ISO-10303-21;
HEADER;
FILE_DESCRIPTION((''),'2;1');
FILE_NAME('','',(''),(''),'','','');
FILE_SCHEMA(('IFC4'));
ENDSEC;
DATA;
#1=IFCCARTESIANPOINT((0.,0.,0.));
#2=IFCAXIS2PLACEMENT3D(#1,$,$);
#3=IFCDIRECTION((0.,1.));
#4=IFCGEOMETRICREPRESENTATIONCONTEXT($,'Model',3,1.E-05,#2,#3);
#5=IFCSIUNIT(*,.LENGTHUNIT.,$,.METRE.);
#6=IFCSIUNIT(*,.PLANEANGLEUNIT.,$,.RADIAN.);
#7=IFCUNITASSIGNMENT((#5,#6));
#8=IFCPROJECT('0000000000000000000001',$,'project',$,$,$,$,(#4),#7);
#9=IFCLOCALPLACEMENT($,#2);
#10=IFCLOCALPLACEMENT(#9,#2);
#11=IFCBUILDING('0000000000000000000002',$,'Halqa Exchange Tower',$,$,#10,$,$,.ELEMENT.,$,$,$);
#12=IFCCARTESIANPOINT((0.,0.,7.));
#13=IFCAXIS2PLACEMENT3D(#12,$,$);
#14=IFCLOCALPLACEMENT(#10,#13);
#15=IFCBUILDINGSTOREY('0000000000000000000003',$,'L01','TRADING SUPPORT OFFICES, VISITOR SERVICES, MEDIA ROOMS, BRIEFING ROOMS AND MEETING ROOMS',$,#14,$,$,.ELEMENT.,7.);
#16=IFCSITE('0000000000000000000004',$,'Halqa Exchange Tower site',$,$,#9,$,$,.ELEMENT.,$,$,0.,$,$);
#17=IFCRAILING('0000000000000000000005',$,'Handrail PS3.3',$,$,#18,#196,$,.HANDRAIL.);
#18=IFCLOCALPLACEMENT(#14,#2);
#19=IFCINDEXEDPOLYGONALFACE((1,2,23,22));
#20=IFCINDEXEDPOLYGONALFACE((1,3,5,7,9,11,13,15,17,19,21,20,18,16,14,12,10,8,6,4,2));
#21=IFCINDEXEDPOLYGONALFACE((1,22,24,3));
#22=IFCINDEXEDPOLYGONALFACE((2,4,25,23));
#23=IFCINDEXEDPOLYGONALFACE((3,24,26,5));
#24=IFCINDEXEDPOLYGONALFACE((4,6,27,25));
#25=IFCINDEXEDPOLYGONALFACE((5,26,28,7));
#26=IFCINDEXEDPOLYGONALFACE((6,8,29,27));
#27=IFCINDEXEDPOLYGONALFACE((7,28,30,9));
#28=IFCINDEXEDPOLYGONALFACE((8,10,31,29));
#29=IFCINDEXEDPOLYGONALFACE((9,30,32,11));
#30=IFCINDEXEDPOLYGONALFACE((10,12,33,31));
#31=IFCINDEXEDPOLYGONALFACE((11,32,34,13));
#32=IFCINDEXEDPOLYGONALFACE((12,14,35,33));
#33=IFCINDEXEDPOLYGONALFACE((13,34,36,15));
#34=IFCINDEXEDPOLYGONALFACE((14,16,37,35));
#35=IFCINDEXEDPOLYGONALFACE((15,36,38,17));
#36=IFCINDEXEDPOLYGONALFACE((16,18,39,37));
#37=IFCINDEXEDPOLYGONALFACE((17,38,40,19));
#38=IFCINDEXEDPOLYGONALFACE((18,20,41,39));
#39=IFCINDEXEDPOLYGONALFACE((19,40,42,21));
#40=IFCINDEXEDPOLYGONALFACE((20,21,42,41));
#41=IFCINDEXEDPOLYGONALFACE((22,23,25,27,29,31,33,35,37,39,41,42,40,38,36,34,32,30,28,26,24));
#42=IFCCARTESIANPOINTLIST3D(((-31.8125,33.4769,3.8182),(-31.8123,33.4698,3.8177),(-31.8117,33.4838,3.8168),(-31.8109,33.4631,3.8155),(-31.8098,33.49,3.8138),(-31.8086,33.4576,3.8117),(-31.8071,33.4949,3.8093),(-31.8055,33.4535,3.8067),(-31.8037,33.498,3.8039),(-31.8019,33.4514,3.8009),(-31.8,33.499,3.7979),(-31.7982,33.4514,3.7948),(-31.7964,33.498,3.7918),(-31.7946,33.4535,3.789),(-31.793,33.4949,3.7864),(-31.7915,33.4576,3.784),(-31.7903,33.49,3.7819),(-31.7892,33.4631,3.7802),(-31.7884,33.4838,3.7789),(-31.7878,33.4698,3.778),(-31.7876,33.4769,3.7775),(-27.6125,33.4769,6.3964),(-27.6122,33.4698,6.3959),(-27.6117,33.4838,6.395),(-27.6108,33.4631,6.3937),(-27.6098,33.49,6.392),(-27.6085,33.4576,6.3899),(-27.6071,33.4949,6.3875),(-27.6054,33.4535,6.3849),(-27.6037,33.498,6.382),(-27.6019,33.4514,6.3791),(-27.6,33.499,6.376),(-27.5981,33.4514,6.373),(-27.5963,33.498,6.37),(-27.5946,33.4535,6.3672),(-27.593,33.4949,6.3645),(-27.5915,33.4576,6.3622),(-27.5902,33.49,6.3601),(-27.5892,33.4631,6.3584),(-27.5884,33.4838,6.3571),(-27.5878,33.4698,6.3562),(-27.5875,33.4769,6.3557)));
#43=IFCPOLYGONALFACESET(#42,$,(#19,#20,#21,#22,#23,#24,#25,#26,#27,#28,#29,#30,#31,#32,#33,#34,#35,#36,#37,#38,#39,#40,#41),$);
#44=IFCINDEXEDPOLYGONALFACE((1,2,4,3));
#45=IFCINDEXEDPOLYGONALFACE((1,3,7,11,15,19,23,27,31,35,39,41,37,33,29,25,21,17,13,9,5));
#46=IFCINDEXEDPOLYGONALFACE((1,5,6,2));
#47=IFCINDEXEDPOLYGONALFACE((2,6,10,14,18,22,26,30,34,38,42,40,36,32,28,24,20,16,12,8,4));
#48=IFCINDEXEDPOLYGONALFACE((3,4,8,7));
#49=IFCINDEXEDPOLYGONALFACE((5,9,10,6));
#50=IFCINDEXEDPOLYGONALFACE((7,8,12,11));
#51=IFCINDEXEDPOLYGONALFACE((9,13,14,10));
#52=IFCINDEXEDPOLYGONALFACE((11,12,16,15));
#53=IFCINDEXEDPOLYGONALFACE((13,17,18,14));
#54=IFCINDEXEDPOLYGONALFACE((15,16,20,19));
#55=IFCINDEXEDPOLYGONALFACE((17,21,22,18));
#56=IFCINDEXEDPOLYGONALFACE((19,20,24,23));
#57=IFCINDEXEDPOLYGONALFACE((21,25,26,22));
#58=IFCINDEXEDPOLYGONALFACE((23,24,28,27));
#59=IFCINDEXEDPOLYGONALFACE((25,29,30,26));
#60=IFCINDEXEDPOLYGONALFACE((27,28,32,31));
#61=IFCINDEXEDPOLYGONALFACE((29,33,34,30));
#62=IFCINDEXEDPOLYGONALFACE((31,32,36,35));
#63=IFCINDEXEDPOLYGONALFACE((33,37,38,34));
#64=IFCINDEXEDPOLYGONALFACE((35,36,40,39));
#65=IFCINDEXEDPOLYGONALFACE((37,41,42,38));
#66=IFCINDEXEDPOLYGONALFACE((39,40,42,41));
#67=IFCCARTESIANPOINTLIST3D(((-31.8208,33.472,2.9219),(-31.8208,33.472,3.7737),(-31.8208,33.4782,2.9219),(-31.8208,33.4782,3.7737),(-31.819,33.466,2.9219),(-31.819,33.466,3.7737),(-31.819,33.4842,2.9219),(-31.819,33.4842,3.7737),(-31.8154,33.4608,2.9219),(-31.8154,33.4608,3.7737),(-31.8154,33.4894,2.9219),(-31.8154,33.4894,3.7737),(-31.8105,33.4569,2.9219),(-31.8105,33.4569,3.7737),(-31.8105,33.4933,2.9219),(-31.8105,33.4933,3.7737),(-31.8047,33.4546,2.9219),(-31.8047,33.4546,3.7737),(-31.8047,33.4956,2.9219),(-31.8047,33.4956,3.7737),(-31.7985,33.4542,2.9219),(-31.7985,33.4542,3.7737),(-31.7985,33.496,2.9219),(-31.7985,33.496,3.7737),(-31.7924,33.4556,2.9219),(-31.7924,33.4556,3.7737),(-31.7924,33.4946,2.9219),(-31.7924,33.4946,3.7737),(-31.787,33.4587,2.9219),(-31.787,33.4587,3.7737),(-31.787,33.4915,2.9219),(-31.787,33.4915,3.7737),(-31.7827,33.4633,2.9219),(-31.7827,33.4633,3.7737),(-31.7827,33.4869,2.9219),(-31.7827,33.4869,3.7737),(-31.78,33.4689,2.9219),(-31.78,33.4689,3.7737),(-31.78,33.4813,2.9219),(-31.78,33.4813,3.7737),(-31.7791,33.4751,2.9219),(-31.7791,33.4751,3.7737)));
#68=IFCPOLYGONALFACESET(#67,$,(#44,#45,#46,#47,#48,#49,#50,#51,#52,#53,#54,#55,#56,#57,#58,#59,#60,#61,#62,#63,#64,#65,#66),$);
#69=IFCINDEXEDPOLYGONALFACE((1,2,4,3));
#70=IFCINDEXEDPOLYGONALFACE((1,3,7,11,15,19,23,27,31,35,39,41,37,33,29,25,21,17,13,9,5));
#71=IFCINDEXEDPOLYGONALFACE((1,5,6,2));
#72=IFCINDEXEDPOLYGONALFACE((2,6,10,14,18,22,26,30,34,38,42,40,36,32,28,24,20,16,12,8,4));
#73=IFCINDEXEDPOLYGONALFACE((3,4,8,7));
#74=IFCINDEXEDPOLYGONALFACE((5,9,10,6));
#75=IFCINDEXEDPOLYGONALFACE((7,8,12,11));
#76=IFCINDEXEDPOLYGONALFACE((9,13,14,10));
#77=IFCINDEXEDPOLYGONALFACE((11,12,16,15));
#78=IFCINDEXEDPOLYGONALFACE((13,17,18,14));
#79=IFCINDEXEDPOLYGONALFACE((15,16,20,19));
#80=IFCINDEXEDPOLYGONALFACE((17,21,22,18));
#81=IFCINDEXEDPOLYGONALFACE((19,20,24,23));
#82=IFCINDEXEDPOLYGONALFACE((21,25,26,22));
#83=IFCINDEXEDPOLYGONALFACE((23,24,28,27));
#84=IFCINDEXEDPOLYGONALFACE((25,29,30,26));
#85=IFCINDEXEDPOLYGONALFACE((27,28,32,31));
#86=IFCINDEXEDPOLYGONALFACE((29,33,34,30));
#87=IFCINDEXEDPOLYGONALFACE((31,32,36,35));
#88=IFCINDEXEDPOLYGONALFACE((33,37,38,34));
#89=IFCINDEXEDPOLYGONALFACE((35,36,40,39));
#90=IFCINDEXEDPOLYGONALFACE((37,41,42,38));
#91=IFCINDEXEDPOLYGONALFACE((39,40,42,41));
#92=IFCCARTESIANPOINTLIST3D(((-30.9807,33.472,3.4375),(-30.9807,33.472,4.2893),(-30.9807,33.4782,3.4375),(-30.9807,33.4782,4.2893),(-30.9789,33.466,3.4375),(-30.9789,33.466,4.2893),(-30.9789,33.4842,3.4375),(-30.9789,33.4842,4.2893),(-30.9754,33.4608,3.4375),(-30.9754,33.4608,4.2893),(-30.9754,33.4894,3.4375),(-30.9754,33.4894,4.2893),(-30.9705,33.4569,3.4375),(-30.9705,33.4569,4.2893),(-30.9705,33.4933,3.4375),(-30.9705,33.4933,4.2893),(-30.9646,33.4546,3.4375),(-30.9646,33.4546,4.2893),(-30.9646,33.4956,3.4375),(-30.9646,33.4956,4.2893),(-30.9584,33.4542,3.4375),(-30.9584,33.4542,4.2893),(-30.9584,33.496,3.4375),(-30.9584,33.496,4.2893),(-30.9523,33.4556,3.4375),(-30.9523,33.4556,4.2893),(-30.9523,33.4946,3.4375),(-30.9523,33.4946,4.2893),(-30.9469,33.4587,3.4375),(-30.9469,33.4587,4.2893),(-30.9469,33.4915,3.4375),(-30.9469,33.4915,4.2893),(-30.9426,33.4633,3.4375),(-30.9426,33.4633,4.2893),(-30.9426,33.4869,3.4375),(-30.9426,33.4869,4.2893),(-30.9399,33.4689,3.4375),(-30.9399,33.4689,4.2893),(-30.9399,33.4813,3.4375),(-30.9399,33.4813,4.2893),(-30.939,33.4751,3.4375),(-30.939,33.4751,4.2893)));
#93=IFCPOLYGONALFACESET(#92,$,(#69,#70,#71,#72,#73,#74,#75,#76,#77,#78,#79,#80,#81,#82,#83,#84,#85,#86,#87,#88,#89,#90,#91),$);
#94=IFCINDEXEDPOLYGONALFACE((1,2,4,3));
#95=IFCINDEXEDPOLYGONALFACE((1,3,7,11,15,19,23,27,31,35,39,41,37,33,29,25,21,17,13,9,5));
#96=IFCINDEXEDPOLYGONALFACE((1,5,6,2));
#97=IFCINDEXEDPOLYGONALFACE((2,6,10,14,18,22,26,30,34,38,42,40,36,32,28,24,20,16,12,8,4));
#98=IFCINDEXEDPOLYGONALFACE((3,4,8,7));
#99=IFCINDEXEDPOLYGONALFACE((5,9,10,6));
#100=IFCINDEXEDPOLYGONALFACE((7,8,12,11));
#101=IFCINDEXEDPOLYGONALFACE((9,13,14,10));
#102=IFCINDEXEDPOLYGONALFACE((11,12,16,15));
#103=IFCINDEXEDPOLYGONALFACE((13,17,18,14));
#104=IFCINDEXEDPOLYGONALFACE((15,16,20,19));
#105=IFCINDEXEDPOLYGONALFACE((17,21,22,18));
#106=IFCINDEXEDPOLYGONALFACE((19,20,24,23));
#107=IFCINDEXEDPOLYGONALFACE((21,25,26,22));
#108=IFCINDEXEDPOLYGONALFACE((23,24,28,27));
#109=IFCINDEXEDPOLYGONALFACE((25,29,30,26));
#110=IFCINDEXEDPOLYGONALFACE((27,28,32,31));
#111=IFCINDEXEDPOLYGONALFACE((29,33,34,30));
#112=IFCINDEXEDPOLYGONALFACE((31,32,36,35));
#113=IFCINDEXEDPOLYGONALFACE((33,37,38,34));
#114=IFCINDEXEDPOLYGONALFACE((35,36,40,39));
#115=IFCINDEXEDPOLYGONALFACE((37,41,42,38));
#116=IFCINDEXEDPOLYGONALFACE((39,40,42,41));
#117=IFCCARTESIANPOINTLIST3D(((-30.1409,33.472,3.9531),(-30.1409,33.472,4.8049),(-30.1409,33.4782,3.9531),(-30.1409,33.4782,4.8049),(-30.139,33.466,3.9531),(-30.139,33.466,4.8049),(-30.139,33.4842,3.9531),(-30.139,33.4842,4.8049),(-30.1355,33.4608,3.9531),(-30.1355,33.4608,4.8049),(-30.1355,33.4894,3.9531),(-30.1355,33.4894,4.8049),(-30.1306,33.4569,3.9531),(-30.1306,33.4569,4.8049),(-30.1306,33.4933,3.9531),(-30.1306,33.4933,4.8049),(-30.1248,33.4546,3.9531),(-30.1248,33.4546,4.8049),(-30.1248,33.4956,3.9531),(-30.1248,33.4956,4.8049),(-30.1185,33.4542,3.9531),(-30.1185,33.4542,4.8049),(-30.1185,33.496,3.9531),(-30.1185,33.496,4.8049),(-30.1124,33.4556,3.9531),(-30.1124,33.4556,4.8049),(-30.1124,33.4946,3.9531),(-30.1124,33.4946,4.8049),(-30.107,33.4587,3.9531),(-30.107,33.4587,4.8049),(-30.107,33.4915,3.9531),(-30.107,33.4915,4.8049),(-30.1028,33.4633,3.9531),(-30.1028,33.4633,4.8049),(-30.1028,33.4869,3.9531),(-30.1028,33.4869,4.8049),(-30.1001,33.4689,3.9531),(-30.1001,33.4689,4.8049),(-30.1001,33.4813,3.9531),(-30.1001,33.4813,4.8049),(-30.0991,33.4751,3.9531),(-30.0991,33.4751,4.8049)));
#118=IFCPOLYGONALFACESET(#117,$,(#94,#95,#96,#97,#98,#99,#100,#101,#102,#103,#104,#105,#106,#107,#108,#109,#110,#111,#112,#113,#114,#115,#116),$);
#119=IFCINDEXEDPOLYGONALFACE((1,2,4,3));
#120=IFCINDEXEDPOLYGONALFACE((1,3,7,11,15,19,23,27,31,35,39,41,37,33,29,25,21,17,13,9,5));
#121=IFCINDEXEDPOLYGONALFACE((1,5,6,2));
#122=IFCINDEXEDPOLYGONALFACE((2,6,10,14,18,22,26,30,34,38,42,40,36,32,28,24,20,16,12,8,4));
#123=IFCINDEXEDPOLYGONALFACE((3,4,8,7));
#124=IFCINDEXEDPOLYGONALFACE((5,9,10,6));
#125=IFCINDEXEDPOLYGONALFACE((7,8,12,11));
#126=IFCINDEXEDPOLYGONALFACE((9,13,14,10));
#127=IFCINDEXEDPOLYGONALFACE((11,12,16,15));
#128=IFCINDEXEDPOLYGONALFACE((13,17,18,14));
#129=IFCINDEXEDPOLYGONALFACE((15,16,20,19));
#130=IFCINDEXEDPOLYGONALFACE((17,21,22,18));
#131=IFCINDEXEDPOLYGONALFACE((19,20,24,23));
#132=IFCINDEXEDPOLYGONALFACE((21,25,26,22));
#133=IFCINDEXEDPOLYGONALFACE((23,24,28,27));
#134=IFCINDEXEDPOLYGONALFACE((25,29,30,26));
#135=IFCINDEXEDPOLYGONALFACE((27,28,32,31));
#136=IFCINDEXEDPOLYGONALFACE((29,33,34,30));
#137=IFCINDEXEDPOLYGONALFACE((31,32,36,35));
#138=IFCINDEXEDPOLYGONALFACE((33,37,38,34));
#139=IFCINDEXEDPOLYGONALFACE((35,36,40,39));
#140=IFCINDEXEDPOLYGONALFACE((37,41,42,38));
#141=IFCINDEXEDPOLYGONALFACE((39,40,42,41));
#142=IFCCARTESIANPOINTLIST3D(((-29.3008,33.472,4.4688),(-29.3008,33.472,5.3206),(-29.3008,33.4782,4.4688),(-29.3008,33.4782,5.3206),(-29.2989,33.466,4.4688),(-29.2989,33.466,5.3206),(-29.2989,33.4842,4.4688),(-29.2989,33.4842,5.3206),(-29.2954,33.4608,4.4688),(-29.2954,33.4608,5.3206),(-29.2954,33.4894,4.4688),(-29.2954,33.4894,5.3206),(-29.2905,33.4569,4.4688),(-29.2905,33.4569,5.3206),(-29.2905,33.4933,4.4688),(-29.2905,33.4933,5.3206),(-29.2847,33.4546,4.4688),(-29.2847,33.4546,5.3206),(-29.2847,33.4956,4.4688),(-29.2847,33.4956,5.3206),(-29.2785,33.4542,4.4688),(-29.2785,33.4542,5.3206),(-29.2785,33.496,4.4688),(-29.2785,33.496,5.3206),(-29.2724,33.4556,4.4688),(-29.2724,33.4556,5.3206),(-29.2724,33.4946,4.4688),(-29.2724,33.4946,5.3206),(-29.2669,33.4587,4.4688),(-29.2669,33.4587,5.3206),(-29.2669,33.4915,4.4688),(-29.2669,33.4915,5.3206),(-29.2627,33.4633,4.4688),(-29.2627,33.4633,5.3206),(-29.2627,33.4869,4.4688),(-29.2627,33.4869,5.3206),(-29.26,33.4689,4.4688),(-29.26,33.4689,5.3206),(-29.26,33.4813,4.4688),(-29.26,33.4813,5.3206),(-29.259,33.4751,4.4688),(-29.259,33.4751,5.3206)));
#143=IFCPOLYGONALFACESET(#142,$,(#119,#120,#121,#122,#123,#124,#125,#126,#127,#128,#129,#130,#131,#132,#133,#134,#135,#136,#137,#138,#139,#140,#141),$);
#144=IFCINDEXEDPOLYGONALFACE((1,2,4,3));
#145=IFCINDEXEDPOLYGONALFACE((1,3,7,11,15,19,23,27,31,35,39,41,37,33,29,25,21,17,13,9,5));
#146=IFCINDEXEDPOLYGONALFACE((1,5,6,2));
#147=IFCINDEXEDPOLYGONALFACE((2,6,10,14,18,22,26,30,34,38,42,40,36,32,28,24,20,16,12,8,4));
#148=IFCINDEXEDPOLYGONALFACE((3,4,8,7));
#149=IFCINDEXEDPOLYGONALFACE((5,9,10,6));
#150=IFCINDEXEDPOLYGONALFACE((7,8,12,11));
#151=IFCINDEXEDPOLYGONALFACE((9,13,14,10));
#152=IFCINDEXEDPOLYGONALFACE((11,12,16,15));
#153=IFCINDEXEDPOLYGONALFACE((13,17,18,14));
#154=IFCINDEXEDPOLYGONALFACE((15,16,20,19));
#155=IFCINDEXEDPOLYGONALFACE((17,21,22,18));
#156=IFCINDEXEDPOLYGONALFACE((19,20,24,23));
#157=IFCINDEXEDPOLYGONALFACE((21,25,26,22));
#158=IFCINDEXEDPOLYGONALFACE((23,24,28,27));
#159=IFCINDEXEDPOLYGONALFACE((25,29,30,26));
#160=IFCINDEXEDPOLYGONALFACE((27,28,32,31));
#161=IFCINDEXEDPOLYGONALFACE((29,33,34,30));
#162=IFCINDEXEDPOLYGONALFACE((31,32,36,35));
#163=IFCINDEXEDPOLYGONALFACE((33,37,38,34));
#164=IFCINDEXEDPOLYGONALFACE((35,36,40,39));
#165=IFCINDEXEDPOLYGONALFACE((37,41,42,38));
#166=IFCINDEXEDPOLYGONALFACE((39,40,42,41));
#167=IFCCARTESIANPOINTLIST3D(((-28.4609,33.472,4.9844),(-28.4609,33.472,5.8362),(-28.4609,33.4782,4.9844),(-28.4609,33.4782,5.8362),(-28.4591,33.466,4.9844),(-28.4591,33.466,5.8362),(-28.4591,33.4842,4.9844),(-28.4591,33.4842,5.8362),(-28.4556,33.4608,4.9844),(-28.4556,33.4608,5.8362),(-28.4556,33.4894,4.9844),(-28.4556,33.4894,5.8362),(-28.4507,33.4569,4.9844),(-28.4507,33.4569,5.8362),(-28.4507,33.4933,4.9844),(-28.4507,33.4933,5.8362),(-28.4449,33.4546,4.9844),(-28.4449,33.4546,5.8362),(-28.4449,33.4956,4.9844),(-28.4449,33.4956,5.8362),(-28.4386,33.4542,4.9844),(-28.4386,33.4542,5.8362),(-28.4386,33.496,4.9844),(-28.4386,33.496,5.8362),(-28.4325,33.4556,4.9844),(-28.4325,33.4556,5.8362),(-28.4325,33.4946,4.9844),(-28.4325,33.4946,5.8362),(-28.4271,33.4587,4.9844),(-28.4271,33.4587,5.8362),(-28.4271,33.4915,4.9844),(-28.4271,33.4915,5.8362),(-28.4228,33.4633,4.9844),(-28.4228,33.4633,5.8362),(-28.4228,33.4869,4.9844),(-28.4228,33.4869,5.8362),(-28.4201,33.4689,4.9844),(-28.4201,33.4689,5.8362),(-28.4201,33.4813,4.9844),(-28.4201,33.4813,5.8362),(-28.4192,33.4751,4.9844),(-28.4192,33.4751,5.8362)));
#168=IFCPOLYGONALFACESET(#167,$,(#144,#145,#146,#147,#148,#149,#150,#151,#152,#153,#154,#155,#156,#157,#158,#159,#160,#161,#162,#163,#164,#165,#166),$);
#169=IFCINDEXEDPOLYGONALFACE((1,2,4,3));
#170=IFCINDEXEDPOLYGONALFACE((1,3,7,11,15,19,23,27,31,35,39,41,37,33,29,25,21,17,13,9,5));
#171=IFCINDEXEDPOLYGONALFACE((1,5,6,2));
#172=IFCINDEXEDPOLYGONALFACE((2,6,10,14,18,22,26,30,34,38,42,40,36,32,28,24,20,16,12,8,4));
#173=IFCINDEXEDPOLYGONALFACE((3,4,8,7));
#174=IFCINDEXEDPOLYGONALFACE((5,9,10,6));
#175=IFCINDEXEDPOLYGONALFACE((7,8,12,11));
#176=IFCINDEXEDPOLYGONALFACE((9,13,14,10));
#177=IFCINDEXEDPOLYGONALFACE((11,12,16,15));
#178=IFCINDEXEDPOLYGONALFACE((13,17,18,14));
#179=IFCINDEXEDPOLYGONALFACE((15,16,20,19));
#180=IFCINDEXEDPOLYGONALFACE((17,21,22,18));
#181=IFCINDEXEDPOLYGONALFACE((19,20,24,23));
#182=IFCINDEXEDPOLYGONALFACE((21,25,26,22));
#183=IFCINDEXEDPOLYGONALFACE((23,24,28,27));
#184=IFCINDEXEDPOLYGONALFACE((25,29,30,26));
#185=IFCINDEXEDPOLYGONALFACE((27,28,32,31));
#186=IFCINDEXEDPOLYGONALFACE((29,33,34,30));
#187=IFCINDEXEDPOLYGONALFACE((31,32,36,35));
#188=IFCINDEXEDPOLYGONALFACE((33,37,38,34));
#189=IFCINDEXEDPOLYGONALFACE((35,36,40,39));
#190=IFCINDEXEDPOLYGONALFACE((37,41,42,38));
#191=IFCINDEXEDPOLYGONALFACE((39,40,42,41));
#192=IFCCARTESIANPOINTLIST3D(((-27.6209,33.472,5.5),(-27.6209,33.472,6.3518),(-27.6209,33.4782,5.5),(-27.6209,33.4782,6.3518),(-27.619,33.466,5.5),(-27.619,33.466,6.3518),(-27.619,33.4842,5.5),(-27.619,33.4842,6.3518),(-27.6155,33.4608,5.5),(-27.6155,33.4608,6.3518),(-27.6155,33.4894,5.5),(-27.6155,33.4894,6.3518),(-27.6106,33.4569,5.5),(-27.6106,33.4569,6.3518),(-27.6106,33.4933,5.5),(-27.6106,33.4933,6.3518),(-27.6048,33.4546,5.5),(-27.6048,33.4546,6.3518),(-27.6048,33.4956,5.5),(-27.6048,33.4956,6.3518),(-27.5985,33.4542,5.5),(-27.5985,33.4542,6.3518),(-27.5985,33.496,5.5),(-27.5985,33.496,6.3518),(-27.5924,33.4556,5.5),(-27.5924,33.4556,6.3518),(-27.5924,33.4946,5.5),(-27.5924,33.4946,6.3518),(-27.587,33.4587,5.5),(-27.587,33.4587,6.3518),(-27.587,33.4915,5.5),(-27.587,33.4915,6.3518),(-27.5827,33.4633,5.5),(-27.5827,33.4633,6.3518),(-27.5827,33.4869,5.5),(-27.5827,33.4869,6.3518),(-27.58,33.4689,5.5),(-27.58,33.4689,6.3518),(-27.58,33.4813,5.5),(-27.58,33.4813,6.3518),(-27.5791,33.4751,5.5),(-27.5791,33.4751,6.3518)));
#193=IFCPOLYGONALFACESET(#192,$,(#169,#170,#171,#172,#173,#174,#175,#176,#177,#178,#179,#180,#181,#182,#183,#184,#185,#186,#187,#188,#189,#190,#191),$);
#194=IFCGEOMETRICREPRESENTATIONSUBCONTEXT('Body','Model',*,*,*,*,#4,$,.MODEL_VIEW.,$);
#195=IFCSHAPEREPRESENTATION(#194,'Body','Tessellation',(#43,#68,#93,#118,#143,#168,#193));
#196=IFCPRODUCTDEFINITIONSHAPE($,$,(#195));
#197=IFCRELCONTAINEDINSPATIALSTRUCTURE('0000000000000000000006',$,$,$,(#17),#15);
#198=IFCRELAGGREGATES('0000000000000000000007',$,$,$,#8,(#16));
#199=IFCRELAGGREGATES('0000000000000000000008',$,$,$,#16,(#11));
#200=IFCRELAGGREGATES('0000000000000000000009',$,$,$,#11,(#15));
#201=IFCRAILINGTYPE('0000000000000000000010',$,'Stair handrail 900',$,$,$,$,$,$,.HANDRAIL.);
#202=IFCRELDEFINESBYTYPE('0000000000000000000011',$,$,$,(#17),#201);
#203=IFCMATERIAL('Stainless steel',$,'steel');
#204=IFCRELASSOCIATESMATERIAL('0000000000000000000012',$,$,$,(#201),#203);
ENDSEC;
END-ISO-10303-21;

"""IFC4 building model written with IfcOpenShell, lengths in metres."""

from ifc_helpers import new_model, si_unit, direction, frame, origin, origin_2d, place, context, subcontext, project, spatial, circle, extrude, material, type_object, element, save


model = new_model("IFC4")

# Units and contexts
model_context = context("Model", 3, precision=1e-05, world=origin(), true_north=direction((0.0, 1.0)))
body_context = subcontext(model_context, "Body", "Model", "MODEL_VIEW")
ifc_project = project(units=[si_unit("LENGTHUNIT", "METRE"), si_unit("PLANEANGLEUNIT", "RADIAN")], contexts=[model_context])

# Site, building, storey
site_placement = place(None, origin())
site = spatial("IfcSite", under=ifc_project, at=site_placement, Name="Halqa Exchange Tower site", CompositionType="ELEMENT", RefElevation=0.0)
building_placement = place(site_placement, origin())
building = spatial("IfcBuilding", under=site, at=building_placement, Name="Halqa Exchange Tower", CompositionType="ELEMENT")
storey_placement = place(building_placement, frame((0.0, 0.0, 7.0)))
storey = spatial("IfcBuildingStorey", under=building, at=storey_placement, Name="L01", Description="TRADING SUPPORT OFFICES, VISITOR SERVICES, MEDIA ROOMS, BRIEFING ROOMS AND MEETING ROOMS", CompositionType="ELEMENT", Elevation=7.0)

# Railing
ifc_material_1 = material(Name="Stainless steel", Category="steel")
railing_type = type_object("IfcRailingType", Name="Stair handrail 900", PredefinedType="HANDRAIL", material=ifc_material_1)
railing_1_placement = place(storey_placement, frame((-31.8, 33.4751, 2.9219)))
element("IfcRailing", 1, at=railing_1_placement, inside=storey, type_object=railing_type, Name="Handrail PS3.3", PredefinedType="HANDRAIL", context=body_context, shape_type="SweptSolid", body=[
    extrude(circle(Radius=0.0239, at=origin_2d()), frame((0.0, 0.0, 0.876), z_axis=(0.852243, 0.0, 0.523146), x_axis=(0.0, 1.0, 0.0)), (0.0, 0.0, 1.0), 4.9282),
    extrude(circle(Radius=0.021, at=origin_2d()), origin(), (0.0, 0.0, 1.0), 0.8518),
    extrude(circle(Radius=0.021, at=origin_2d()), frame((0.8401, 0.0, 0.5156)), (0.0, 0.0, 1.0), 0.8518),
    extrude(circle(Radius=0.021, at=origin_2d()), frame((1.6799, 0.0, 1.0312)), (0.0, 0.0, 1.0), 0.8518),
    extrude(circle(Radius=0.021, at=origin_2d()), frame((2.52, 0.0, 1.5469)), (0.0, 0.0, 1.0), 0.8518),
    extrude(circle(Radius=0.021, at=origin_2d()), frame((3.3599, 0.0, 2.0625)), (0.0, 0.0, 1.0), 0.8518),
    extrude(circle(Radius=0.021, at=origin_2d()), frame((4.2, 0.0, 2.5781)), (0.0, 0.0, 1.0), 0.8518),
])

save(model, "model.ifc")
